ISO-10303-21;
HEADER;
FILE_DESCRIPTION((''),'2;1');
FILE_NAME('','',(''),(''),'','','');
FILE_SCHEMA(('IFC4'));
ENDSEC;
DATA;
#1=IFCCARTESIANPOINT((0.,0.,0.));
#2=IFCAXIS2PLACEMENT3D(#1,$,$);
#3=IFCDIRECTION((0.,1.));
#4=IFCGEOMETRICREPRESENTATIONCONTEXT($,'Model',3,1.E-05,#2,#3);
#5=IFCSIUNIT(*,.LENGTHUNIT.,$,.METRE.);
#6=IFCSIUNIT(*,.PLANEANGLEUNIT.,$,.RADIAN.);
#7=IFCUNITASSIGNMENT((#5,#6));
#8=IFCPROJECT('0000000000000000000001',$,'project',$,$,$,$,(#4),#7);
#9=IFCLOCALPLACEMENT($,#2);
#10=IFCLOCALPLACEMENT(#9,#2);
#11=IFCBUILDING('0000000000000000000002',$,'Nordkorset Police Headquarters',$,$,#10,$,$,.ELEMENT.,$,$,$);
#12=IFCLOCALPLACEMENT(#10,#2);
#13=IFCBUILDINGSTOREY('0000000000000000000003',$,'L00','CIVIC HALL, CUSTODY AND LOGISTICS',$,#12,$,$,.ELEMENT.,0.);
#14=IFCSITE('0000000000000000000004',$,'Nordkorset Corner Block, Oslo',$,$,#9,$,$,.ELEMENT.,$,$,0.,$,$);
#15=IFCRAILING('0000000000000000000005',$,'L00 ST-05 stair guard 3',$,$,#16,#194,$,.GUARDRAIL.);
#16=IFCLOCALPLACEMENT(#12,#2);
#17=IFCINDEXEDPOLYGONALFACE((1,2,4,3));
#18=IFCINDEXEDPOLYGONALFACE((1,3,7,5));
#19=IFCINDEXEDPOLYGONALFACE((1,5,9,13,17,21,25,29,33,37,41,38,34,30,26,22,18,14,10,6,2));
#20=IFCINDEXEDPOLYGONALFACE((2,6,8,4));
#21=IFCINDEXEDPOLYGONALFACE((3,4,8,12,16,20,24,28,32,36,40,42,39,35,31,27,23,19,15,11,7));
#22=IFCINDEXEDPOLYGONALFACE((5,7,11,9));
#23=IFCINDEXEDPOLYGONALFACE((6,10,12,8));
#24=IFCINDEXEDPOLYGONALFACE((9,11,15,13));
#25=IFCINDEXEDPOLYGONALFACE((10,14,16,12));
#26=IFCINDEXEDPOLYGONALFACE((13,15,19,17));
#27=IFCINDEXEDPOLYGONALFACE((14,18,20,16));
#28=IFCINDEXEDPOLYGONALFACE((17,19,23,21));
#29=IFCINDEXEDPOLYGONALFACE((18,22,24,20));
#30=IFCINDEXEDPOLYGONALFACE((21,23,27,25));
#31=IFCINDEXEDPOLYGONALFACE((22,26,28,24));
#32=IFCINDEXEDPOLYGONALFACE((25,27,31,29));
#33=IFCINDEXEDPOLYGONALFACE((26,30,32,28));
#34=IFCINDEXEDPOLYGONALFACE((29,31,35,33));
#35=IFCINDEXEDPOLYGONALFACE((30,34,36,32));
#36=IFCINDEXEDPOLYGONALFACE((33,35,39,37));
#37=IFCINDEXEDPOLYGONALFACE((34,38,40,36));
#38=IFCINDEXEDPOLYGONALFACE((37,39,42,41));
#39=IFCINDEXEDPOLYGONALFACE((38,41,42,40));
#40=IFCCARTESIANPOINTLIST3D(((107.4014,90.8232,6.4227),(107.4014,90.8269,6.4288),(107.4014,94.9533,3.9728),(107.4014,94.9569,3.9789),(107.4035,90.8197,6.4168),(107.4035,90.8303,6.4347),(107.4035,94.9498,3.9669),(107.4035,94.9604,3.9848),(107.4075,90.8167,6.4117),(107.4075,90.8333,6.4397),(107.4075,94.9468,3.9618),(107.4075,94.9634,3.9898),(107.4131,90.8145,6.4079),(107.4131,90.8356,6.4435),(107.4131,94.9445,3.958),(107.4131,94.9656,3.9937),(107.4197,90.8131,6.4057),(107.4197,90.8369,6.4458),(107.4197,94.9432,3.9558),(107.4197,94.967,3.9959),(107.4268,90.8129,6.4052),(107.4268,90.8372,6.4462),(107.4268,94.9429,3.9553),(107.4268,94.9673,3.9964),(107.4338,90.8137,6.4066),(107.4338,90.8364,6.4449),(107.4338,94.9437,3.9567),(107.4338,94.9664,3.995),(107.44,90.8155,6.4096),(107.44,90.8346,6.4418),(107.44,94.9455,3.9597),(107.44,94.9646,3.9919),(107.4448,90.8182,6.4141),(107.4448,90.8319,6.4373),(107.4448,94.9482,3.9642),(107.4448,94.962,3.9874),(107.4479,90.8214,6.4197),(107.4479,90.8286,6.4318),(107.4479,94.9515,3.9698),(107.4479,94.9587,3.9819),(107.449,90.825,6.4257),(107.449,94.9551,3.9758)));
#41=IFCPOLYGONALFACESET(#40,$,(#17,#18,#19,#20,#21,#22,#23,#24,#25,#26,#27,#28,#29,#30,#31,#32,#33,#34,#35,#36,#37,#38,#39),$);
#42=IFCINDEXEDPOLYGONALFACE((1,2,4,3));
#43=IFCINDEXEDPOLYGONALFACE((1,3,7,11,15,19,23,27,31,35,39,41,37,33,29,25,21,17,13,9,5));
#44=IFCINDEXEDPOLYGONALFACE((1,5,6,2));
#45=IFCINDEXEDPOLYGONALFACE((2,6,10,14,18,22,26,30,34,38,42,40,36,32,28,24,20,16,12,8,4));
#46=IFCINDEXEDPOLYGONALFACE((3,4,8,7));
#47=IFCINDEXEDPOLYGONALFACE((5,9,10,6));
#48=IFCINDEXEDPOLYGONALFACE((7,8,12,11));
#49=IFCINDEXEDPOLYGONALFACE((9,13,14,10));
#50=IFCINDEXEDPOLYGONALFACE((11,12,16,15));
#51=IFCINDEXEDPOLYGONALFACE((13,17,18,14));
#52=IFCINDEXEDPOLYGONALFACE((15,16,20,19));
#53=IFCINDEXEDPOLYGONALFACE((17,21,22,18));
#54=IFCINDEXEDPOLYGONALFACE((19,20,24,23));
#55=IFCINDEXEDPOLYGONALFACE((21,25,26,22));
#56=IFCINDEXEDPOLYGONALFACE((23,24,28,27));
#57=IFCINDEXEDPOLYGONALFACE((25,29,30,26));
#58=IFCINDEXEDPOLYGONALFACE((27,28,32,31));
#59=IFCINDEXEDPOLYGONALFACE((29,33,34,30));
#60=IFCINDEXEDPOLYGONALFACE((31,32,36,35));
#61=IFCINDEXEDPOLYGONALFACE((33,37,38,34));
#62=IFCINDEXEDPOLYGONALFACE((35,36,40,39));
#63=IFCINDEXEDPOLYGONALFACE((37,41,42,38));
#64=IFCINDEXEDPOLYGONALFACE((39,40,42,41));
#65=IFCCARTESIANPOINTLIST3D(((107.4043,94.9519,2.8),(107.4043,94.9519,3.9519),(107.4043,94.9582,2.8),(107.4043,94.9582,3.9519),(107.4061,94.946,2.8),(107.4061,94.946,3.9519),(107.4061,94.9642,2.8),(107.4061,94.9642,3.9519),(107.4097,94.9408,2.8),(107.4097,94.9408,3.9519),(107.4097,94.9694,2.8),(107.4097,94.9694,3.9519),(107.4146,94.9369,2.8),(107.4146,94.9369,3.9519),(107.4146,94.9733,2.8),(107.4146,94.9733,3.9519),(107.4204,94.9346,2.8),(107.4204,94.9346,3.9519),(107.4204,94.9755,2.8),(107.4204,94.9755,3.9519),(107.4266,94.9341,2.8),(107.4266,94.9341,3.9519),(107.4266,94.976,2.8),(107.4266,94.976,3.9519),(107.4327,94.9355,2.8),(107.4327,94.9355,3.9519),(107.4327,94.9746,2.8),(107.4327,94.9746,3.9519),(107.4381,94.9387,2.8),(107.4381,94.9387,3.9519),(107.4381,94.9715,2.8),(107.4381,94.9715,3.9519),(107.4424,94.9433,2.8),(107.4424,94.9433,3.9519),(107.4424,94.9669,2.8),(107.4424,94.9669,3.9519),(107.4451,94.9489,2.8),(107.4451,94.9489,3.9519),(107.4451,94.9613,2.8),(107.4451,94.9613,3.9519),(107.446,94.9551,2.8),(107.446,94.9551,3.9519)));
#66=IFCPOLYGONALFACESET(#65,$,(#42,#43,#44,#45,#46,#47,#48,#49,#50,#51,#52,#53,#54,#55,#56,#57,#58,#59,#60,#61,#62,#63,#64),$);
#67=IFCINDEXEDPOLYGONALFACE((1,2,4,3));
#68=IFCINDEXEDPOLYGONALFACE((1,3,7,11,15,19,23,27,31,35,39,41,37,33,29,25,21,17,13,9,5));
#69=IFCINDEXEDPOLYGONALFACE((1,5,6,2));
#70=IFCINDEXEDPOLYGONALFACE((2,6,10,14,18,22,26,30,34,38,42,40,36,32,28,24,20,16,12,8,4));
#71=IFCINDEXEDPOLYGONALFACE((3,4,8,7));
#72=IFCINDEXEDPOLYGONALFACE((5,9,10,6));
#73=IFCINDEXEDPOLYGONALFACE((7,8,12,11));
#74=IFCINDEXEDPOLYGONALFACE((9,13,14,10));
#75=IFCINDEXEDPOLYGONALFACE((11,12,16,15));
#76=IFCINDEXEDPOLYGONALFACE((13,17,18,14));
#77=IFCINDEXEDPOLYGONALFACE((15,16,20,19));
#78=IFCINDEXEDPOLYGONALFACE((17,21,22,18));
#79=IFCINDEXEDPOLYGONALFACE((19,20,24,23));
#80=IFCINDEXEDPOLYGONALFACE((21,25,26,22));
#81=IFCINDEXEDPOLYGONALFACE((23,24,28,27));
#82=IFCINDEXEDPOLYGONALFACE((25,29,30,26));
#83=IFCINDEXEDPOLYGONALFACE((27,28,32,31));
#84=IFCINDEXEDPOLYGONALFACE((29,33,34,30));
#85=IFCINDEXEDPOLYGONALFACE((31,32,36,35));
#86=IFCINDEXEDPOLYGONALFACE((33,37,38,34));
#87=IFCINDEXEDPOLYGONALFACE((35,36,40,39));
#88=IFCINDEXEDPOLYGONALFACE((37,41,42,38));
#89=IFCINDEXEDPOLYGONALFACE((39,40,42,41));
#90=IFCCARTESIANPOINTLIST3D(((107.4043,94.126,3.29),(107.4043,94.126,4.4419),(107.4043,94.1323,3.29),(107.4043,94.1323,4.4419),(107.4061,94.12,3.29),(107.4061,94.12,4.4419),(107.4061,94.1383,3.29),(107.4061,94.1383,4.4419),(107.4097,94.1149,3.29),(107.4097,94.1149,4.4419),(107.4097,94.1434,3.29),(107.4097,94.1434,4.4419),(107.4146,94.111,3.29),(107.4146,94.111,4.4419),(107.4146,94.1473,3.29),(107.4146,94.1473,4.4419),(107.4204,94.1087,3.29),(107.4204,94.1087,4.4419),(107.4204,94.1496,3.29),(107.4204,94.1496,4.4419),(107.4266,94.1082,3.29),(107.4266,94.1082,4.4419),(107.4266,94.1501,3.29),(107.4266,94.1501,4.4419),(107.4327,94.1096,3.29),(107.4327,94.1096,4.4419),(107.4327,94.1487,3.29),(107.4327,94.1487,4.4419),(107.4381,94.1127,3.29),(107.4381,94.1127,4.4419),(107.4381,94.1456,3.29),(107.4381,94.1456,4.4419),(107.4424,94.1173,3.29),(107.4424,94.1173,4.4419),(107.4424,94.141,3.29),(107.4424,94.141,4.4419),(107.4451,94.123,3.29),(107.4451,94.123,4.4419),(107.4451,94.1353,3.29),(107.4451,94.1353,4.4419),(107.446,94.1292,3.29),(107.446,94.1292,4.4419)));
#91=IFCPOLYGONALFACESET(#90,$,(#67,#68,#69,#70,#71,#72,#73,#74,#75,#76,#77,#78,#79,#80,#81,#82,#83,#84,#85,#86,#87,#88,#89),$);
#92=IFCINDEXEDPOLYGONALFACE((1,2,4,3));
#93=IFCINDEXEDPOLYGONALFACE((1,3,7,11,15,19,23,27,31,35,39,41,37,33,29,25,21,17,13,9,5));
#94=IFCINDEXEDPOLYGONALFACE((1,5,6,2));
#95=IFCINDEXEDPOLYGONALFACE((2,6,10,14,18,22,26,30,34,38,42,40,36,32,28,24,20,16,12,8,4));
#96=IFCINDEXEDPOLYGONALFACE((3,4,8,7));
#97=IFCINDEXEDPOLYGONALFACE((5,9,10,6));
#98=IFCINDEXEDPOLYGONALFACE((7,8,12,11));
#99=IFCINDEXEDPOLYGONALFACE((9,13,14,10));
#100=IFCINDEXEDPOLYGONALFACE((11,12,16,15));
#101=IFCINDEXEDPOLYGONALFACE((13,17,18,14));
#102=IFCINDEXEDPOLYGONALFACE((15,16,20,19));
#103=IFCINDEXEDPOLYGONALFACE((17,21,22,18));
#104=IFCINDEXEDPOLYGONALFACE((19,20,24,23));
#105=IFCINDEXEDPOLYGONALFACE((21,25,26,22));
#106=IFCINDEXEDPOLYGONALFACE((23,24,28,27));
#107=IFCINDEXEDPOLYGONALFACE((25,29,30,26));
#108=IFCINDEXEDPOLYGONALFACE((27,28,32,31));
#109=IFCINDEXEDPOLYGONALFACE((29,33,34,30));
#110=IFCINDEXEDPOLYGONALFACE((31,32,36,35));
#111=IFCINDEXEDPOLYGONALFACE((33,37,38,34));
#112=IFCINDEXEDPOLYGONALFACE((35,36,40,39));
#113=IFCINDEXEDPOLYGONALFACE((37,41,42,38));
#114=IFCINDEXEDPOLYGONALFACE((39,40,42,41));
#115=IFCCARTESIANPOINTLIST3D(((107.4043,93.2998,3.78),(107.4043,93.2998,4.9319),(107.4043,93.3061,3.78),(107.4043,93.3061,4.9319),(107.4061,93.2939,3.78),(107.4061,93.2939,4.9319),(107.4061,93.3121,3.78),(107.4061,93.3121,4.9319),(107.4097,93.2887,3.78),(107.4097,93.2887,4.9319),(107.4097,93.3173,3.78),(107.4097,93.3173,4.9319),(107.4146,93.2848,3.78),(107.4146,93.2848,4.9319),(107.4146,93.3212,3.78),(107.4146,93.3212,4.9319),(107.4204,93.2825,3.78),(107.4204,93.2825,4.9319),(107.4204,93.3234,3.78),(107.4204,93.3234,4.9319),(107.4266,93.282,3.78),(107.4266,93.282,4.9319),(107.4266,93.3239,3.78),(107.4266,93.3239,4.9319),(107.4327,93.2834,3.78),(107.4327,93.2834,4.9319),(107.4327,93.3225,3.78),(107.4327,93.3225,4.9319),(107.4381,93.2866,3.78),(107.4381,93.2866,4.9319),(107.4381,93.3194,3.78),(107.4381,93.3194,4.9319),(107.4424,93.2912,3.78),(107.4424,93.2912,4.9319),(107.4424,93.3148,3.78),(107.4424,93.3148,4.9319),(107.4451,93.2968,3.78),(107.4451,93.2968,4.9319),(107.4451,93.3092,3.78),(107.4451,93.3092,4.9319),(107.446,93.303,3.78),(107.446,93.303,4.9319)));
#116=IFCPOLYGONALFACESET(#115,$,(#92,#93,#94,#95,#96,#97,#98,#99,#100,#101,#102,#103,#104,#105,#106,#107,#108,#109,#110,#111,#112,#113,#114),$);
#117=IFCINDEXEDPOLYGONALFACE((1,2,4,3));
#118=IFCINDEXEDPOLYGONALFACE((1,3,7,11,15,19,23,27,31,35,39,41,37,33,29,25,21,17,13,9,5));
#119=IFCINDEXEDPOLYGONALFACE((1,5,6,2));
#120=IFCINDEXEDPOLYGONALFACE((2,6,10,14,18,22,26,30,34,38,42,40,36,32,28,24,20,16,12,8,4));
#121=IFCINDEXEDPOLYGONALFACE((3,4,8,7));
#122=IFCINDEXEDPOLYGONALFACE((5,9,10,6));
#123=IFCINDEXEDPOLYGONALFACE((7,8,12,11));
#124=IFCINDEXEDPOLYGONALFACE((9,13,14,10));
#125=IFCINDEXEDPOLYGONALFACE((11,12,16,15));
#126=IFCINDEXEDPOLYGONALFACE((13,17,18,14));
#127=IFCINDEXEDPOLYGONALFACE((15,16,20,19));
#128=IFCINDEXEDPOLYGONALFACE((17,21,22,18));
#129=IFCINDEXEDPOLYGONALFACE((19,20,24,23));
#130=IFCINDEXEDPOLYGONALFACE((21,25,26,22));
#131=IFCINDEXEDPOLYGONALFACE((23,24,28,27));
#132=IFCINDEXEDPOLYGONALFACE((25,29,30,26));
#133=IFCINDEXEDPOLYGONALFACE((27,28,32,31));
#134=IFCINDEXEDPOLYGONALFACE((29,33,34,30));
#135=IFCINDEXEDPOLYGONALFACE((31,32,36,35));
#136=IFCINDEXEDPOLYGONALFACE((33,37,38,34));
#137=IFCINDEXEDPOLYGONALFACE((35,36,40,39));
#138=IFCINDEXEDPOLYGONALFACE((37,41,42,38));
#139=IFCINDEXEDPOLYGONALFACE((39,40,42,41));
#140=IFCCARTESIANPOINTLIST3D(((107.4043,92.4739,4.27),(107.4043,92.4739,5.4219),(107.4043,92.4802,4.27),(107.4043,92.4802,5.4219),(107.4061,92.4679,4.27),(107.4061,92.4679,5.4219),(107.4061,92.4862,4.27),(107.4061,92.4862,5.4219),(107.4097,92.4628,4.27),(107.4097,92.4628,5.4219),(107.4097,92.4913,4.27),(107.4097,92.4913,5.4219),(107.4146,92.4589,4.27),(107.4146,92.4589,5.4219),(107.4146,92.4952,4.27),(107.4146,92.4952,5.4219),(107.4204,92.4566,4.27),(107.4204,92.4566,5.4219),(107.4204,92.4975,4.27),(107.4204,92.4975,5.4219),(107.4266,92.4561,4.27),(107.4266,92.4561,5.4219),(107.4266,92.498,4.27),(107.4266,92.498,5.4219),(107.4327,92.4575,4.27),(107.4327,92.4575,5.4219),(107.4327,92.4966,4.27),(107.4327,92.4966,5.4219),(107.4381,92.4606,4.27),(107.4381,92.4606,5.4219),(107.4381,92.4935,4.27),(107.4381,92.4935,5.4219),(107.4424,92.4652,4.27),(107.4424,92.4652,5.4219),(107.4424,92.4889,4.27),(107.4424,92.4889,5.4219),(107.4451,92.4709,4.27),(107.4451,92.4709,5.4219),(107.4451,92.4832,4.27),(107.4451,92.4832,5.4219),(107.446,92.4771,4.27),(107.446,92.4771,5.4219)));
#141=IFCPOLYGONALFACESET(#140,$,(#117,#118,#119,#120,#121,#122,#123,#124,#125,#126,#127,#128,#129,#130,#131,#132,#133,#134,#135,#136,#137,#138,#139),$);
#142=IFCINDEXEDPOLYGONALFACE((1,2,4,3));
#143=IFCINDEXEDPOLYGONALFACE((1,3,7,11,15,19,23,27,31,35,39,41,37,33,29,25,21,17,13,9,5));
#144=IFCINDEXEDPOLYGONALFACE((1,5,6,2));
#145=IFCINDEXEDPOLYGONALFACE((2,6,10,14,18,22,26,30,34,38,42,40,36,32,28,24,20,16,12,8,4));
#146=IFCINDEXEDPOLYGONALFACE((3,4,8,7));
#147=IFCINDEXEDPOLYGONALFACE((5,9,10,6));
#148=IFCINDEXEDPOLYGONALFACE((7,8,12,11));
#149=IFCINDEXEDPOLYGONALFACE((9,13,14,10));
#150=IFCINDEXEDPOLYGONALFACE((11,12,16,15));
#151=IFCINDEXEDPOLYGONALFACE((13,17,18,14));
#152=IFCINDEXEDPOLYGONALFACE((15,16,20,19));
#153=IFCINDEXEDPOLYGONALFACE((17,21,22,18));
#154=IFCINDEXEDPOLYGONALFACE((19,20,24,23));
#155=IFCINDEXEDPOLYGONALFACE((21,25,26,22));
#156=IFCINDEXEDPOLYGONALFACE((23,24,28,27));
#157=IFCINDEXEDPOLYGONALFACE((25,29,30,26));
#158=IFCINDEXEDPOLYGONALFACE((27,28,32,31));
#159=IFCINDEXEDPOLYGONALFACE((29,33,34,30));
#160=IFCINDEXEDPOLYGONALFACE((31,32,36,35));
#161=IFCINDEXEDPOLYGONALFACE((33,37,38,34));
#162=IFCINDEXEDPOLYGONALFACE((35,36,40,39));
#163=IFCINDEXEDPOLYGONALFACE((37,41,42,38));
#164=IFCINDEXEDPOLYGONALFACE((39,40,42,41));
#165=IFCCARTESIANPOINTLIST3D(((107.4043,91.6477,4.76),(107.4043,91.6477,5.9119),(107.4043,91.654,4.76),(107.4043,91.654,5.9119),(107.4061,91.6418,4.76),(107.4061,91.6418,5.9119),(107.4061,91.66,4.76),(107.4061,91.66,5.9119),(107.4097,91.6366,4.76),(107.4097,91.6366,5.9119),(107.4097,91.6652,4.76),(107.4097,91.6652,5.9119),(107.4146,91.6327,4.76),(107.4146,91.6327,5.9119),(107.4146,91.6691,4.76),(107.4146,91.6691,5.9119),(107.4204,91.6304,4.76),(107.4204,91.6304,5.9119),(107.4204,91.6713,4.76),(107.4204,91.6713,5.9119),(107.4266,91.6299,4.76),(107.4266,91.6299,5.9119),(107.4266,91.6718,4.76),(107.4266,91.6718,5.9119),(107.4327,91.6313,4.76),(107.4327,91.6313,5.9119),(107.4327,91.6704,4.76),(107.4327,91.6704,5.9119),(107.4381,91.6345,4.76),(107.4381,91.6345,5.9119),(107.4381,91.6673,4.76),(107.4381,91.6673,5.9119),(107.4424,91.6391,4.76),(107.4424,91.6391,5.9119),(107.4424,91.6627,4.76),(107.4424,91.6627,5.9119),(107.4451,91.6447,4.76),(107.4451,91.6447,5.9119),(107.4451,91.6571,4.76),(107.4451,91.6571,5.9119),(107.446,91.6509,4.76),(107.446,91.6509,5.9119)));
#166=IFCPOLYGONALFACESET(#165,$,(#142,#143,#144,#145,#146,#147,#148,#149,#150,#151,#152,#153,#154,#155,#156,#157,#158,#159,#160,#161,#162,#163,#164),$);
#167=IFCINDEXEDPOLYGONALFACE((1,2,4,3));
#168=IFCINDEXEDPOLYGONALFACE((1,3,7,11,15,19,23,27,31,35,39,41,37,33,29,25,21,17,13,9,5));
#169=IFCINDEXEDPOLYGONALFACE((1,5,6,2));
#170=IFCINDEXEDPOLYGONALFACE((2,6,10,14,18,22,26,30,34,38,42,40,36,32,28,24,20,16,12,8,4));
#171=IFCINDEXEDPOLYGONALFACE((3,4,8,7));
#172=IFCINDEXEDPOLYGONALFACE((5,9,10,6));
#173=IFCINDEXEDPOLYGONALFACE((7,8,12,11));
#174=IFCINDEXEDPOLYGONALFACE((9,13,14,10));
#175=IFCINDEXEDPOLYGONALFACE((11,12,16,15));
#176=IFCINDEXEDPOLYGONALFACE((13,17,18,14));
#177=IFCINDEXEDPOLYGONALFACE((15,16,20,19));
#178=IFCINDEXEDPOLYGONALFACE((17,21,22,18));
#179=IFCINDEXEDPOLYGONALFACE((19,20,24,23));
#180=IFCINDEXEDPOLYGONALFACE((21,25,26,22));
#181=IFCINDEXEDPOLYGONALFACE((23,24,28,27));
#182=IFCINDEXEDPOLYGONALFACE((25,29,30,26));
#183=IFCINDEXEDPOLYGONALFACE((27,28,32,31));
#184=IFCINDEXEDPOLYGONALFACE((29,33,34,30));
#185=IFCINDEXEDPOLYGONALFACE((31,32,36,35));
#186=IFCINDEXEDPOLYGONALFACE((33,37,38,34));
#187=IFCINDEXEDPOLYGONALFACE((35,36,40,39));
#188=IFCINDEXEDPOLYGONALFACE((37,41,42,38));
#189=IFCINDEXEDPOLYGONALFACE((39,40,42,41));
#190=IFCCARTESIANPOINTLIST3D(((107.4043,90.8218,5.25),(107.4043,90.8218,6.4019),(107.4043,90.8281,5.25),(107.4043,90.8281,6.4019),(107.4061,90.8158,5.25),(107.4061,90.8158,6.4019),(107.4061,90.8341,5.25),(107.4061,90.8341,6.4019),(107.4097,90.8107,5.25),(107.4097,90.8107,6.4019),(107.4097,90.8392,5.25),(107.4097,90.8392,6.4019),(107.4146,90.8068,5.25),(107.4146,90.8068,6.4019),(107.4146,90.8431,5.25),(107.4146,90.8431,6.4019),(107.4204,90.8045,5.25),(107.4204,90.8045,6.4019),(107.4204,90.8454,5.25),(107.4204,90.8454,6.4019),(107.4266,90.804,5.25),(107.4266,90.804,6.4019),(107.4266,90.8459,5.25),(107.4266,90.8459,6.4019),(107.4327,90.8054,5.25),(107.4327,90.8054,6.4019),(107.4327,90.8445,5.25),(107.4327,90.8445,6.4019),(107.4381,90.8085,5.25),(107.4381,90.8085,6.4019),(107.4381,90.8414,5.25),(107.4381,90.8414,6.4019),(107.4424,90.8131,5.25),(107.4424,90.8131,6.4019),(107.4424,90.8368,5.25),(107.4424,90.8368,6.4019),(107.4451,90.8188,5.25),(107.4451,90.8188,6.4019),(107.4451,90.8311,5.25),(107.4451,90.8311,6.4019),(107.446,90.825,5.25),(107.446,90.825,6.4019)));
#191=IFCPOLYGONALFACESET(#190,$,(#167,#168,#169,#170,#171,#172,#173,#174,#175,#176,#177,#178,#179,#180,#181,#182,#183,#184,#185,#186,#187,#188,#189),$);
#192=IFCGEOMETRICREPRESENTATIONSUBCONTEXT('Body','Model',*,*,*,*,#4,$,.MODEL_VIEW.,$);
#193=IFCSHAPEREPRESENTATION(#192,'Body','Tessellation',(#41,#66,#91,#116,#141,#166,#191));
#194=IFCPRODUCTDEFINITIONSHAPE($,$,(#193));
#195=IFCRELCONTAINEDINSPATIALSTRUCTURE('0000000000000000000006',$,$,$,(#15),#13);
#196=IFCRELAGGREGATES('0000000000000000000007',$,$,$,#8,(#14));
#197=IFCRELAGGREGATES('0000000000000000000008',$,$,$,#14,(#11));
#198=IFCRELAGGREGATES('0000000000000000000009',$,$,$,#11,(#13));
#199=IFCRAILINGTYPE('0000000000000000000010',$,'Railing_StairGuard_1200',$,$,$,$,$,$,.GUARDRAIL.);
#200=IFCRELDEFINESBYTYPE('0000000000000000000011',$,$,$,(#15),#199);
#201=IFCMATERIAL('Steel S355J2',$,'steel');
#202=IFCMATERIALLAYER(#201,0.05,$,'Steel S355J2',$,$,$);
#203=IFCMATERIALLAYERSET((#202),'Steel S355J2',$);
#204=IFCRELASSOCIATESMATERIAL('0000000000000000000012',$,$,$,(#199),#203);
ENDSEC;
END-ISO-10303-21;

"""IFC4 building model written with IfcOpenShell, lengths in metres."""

from ifc_helpers import new_model, si_unit, direction, frame, origin, origin_2d, place, context, subcontext, project, spatial, circle, extrude, material, layer, layer_set, type_object, element, save


model = new_model("IFC4")

# Units and contexts
model_context = context("Model", 3, precision=1e-05, world=origin(), true_north=direction((0.0, 1.0)))
body_context = subcontext(model_context, "Body", "Model", "MODEL_VIEW")
ifc_project = project(units=[si_unit("LENGTHUNIT", "METRE"), si_unit("PLANEANGLEUNIT", "RADIAN")], contexts=[model_context])

# Site, building, storey
site_placement = place(None, origin())
site = spatial("IfcSite", under=ifc_project, at=site_placement, Name="Nordkorset Corner Block, Oslo", CompositionType="ELEMENT", RefElevation=0.0)
building_placement = place(site_placement, origin())
building = spatial("IfcBuilding", under=site, at=building_placement, Name="Nordkorset Police Headquarters", CompositionType="ELEMENT")
storey_placement = place(building_placement, origin())
storey = spatial("IfcBuildingStorey", under=building, at=storey_placement, Name="L00", Description="CIVIC HALL, CUSTODY AND LOGISTICS", CompositionType="ELEMENT", Elevation=0.0)

# Railing
ifc_material_1 = material(Name="Steel S355J2", Category="steel")
ifc_layer_1 = layer(ifc_material_1, 0.05, Name="Steel S355J2")
ifc_layer_set_1 = layer_set([ifc_layer_1], Name="Steel S355J2")
railing_type_1 = type_object("IfcRailingType", Name="Railing_StairGuard_1200", PredefinedType="GUARDRAIL", material=ifc_layer_set_1)
railing_1_placement = place(storey_placement, frame((107.425, 94.9551, 2.8)))
element("IfcRailing", 1, at=railing_1_placement, inside=storey, type_object=railing_type_1, Name="L00 ST-05 stair guard 3", PredefinedType="GUARDRAIL", context=body_context, shape_type="SweptSolid", body=[
    extrude(circle(Radius=0.0239, at=origin_2d()), frame((0.0, 0.0, 1.1758), z_axis=(0.0, -0.860066, 0.510183), x_axis=(1.0, 0.0, 0.0)), (0.0, 0.0, 1.0), 4.802),
    extrude(circle(Radius=0.021, at=origin_2d()), origin(), (0.0, 0.0, 1.0), 1.1519),
    extrude(circle(Radius=0.021, at=origin_2d()), frame((0.0, -0.8259, 0.49)), (0.0, 0.0, 1.0), 1.1519),
    extrude(circle(Radius=0.021, at=origin_2d()), frame((0.0, -1.6521, 0.98)), (0.0, 0.0, 1.0), 1.1519),
    extrude(circle(Radius=0.021, at=origin_2d()), frame((0.0, -2.478, 1.47)), (0.0, 0.0, 1.0), 1.1519),
    extrude(circle(Radius=0.021, at=origin_2d()), frame((0.0, -3.3042, 1.96)), (0.0, 0.0, 1.0), 1.1519),
    extrude(circle(Radius=0.021, at=origin_2d()), frame((0.0, -4.1301, 2.45)), (0.0, 0.0, 1.0), 1.1519),
])

save(model, "model.ifc")
